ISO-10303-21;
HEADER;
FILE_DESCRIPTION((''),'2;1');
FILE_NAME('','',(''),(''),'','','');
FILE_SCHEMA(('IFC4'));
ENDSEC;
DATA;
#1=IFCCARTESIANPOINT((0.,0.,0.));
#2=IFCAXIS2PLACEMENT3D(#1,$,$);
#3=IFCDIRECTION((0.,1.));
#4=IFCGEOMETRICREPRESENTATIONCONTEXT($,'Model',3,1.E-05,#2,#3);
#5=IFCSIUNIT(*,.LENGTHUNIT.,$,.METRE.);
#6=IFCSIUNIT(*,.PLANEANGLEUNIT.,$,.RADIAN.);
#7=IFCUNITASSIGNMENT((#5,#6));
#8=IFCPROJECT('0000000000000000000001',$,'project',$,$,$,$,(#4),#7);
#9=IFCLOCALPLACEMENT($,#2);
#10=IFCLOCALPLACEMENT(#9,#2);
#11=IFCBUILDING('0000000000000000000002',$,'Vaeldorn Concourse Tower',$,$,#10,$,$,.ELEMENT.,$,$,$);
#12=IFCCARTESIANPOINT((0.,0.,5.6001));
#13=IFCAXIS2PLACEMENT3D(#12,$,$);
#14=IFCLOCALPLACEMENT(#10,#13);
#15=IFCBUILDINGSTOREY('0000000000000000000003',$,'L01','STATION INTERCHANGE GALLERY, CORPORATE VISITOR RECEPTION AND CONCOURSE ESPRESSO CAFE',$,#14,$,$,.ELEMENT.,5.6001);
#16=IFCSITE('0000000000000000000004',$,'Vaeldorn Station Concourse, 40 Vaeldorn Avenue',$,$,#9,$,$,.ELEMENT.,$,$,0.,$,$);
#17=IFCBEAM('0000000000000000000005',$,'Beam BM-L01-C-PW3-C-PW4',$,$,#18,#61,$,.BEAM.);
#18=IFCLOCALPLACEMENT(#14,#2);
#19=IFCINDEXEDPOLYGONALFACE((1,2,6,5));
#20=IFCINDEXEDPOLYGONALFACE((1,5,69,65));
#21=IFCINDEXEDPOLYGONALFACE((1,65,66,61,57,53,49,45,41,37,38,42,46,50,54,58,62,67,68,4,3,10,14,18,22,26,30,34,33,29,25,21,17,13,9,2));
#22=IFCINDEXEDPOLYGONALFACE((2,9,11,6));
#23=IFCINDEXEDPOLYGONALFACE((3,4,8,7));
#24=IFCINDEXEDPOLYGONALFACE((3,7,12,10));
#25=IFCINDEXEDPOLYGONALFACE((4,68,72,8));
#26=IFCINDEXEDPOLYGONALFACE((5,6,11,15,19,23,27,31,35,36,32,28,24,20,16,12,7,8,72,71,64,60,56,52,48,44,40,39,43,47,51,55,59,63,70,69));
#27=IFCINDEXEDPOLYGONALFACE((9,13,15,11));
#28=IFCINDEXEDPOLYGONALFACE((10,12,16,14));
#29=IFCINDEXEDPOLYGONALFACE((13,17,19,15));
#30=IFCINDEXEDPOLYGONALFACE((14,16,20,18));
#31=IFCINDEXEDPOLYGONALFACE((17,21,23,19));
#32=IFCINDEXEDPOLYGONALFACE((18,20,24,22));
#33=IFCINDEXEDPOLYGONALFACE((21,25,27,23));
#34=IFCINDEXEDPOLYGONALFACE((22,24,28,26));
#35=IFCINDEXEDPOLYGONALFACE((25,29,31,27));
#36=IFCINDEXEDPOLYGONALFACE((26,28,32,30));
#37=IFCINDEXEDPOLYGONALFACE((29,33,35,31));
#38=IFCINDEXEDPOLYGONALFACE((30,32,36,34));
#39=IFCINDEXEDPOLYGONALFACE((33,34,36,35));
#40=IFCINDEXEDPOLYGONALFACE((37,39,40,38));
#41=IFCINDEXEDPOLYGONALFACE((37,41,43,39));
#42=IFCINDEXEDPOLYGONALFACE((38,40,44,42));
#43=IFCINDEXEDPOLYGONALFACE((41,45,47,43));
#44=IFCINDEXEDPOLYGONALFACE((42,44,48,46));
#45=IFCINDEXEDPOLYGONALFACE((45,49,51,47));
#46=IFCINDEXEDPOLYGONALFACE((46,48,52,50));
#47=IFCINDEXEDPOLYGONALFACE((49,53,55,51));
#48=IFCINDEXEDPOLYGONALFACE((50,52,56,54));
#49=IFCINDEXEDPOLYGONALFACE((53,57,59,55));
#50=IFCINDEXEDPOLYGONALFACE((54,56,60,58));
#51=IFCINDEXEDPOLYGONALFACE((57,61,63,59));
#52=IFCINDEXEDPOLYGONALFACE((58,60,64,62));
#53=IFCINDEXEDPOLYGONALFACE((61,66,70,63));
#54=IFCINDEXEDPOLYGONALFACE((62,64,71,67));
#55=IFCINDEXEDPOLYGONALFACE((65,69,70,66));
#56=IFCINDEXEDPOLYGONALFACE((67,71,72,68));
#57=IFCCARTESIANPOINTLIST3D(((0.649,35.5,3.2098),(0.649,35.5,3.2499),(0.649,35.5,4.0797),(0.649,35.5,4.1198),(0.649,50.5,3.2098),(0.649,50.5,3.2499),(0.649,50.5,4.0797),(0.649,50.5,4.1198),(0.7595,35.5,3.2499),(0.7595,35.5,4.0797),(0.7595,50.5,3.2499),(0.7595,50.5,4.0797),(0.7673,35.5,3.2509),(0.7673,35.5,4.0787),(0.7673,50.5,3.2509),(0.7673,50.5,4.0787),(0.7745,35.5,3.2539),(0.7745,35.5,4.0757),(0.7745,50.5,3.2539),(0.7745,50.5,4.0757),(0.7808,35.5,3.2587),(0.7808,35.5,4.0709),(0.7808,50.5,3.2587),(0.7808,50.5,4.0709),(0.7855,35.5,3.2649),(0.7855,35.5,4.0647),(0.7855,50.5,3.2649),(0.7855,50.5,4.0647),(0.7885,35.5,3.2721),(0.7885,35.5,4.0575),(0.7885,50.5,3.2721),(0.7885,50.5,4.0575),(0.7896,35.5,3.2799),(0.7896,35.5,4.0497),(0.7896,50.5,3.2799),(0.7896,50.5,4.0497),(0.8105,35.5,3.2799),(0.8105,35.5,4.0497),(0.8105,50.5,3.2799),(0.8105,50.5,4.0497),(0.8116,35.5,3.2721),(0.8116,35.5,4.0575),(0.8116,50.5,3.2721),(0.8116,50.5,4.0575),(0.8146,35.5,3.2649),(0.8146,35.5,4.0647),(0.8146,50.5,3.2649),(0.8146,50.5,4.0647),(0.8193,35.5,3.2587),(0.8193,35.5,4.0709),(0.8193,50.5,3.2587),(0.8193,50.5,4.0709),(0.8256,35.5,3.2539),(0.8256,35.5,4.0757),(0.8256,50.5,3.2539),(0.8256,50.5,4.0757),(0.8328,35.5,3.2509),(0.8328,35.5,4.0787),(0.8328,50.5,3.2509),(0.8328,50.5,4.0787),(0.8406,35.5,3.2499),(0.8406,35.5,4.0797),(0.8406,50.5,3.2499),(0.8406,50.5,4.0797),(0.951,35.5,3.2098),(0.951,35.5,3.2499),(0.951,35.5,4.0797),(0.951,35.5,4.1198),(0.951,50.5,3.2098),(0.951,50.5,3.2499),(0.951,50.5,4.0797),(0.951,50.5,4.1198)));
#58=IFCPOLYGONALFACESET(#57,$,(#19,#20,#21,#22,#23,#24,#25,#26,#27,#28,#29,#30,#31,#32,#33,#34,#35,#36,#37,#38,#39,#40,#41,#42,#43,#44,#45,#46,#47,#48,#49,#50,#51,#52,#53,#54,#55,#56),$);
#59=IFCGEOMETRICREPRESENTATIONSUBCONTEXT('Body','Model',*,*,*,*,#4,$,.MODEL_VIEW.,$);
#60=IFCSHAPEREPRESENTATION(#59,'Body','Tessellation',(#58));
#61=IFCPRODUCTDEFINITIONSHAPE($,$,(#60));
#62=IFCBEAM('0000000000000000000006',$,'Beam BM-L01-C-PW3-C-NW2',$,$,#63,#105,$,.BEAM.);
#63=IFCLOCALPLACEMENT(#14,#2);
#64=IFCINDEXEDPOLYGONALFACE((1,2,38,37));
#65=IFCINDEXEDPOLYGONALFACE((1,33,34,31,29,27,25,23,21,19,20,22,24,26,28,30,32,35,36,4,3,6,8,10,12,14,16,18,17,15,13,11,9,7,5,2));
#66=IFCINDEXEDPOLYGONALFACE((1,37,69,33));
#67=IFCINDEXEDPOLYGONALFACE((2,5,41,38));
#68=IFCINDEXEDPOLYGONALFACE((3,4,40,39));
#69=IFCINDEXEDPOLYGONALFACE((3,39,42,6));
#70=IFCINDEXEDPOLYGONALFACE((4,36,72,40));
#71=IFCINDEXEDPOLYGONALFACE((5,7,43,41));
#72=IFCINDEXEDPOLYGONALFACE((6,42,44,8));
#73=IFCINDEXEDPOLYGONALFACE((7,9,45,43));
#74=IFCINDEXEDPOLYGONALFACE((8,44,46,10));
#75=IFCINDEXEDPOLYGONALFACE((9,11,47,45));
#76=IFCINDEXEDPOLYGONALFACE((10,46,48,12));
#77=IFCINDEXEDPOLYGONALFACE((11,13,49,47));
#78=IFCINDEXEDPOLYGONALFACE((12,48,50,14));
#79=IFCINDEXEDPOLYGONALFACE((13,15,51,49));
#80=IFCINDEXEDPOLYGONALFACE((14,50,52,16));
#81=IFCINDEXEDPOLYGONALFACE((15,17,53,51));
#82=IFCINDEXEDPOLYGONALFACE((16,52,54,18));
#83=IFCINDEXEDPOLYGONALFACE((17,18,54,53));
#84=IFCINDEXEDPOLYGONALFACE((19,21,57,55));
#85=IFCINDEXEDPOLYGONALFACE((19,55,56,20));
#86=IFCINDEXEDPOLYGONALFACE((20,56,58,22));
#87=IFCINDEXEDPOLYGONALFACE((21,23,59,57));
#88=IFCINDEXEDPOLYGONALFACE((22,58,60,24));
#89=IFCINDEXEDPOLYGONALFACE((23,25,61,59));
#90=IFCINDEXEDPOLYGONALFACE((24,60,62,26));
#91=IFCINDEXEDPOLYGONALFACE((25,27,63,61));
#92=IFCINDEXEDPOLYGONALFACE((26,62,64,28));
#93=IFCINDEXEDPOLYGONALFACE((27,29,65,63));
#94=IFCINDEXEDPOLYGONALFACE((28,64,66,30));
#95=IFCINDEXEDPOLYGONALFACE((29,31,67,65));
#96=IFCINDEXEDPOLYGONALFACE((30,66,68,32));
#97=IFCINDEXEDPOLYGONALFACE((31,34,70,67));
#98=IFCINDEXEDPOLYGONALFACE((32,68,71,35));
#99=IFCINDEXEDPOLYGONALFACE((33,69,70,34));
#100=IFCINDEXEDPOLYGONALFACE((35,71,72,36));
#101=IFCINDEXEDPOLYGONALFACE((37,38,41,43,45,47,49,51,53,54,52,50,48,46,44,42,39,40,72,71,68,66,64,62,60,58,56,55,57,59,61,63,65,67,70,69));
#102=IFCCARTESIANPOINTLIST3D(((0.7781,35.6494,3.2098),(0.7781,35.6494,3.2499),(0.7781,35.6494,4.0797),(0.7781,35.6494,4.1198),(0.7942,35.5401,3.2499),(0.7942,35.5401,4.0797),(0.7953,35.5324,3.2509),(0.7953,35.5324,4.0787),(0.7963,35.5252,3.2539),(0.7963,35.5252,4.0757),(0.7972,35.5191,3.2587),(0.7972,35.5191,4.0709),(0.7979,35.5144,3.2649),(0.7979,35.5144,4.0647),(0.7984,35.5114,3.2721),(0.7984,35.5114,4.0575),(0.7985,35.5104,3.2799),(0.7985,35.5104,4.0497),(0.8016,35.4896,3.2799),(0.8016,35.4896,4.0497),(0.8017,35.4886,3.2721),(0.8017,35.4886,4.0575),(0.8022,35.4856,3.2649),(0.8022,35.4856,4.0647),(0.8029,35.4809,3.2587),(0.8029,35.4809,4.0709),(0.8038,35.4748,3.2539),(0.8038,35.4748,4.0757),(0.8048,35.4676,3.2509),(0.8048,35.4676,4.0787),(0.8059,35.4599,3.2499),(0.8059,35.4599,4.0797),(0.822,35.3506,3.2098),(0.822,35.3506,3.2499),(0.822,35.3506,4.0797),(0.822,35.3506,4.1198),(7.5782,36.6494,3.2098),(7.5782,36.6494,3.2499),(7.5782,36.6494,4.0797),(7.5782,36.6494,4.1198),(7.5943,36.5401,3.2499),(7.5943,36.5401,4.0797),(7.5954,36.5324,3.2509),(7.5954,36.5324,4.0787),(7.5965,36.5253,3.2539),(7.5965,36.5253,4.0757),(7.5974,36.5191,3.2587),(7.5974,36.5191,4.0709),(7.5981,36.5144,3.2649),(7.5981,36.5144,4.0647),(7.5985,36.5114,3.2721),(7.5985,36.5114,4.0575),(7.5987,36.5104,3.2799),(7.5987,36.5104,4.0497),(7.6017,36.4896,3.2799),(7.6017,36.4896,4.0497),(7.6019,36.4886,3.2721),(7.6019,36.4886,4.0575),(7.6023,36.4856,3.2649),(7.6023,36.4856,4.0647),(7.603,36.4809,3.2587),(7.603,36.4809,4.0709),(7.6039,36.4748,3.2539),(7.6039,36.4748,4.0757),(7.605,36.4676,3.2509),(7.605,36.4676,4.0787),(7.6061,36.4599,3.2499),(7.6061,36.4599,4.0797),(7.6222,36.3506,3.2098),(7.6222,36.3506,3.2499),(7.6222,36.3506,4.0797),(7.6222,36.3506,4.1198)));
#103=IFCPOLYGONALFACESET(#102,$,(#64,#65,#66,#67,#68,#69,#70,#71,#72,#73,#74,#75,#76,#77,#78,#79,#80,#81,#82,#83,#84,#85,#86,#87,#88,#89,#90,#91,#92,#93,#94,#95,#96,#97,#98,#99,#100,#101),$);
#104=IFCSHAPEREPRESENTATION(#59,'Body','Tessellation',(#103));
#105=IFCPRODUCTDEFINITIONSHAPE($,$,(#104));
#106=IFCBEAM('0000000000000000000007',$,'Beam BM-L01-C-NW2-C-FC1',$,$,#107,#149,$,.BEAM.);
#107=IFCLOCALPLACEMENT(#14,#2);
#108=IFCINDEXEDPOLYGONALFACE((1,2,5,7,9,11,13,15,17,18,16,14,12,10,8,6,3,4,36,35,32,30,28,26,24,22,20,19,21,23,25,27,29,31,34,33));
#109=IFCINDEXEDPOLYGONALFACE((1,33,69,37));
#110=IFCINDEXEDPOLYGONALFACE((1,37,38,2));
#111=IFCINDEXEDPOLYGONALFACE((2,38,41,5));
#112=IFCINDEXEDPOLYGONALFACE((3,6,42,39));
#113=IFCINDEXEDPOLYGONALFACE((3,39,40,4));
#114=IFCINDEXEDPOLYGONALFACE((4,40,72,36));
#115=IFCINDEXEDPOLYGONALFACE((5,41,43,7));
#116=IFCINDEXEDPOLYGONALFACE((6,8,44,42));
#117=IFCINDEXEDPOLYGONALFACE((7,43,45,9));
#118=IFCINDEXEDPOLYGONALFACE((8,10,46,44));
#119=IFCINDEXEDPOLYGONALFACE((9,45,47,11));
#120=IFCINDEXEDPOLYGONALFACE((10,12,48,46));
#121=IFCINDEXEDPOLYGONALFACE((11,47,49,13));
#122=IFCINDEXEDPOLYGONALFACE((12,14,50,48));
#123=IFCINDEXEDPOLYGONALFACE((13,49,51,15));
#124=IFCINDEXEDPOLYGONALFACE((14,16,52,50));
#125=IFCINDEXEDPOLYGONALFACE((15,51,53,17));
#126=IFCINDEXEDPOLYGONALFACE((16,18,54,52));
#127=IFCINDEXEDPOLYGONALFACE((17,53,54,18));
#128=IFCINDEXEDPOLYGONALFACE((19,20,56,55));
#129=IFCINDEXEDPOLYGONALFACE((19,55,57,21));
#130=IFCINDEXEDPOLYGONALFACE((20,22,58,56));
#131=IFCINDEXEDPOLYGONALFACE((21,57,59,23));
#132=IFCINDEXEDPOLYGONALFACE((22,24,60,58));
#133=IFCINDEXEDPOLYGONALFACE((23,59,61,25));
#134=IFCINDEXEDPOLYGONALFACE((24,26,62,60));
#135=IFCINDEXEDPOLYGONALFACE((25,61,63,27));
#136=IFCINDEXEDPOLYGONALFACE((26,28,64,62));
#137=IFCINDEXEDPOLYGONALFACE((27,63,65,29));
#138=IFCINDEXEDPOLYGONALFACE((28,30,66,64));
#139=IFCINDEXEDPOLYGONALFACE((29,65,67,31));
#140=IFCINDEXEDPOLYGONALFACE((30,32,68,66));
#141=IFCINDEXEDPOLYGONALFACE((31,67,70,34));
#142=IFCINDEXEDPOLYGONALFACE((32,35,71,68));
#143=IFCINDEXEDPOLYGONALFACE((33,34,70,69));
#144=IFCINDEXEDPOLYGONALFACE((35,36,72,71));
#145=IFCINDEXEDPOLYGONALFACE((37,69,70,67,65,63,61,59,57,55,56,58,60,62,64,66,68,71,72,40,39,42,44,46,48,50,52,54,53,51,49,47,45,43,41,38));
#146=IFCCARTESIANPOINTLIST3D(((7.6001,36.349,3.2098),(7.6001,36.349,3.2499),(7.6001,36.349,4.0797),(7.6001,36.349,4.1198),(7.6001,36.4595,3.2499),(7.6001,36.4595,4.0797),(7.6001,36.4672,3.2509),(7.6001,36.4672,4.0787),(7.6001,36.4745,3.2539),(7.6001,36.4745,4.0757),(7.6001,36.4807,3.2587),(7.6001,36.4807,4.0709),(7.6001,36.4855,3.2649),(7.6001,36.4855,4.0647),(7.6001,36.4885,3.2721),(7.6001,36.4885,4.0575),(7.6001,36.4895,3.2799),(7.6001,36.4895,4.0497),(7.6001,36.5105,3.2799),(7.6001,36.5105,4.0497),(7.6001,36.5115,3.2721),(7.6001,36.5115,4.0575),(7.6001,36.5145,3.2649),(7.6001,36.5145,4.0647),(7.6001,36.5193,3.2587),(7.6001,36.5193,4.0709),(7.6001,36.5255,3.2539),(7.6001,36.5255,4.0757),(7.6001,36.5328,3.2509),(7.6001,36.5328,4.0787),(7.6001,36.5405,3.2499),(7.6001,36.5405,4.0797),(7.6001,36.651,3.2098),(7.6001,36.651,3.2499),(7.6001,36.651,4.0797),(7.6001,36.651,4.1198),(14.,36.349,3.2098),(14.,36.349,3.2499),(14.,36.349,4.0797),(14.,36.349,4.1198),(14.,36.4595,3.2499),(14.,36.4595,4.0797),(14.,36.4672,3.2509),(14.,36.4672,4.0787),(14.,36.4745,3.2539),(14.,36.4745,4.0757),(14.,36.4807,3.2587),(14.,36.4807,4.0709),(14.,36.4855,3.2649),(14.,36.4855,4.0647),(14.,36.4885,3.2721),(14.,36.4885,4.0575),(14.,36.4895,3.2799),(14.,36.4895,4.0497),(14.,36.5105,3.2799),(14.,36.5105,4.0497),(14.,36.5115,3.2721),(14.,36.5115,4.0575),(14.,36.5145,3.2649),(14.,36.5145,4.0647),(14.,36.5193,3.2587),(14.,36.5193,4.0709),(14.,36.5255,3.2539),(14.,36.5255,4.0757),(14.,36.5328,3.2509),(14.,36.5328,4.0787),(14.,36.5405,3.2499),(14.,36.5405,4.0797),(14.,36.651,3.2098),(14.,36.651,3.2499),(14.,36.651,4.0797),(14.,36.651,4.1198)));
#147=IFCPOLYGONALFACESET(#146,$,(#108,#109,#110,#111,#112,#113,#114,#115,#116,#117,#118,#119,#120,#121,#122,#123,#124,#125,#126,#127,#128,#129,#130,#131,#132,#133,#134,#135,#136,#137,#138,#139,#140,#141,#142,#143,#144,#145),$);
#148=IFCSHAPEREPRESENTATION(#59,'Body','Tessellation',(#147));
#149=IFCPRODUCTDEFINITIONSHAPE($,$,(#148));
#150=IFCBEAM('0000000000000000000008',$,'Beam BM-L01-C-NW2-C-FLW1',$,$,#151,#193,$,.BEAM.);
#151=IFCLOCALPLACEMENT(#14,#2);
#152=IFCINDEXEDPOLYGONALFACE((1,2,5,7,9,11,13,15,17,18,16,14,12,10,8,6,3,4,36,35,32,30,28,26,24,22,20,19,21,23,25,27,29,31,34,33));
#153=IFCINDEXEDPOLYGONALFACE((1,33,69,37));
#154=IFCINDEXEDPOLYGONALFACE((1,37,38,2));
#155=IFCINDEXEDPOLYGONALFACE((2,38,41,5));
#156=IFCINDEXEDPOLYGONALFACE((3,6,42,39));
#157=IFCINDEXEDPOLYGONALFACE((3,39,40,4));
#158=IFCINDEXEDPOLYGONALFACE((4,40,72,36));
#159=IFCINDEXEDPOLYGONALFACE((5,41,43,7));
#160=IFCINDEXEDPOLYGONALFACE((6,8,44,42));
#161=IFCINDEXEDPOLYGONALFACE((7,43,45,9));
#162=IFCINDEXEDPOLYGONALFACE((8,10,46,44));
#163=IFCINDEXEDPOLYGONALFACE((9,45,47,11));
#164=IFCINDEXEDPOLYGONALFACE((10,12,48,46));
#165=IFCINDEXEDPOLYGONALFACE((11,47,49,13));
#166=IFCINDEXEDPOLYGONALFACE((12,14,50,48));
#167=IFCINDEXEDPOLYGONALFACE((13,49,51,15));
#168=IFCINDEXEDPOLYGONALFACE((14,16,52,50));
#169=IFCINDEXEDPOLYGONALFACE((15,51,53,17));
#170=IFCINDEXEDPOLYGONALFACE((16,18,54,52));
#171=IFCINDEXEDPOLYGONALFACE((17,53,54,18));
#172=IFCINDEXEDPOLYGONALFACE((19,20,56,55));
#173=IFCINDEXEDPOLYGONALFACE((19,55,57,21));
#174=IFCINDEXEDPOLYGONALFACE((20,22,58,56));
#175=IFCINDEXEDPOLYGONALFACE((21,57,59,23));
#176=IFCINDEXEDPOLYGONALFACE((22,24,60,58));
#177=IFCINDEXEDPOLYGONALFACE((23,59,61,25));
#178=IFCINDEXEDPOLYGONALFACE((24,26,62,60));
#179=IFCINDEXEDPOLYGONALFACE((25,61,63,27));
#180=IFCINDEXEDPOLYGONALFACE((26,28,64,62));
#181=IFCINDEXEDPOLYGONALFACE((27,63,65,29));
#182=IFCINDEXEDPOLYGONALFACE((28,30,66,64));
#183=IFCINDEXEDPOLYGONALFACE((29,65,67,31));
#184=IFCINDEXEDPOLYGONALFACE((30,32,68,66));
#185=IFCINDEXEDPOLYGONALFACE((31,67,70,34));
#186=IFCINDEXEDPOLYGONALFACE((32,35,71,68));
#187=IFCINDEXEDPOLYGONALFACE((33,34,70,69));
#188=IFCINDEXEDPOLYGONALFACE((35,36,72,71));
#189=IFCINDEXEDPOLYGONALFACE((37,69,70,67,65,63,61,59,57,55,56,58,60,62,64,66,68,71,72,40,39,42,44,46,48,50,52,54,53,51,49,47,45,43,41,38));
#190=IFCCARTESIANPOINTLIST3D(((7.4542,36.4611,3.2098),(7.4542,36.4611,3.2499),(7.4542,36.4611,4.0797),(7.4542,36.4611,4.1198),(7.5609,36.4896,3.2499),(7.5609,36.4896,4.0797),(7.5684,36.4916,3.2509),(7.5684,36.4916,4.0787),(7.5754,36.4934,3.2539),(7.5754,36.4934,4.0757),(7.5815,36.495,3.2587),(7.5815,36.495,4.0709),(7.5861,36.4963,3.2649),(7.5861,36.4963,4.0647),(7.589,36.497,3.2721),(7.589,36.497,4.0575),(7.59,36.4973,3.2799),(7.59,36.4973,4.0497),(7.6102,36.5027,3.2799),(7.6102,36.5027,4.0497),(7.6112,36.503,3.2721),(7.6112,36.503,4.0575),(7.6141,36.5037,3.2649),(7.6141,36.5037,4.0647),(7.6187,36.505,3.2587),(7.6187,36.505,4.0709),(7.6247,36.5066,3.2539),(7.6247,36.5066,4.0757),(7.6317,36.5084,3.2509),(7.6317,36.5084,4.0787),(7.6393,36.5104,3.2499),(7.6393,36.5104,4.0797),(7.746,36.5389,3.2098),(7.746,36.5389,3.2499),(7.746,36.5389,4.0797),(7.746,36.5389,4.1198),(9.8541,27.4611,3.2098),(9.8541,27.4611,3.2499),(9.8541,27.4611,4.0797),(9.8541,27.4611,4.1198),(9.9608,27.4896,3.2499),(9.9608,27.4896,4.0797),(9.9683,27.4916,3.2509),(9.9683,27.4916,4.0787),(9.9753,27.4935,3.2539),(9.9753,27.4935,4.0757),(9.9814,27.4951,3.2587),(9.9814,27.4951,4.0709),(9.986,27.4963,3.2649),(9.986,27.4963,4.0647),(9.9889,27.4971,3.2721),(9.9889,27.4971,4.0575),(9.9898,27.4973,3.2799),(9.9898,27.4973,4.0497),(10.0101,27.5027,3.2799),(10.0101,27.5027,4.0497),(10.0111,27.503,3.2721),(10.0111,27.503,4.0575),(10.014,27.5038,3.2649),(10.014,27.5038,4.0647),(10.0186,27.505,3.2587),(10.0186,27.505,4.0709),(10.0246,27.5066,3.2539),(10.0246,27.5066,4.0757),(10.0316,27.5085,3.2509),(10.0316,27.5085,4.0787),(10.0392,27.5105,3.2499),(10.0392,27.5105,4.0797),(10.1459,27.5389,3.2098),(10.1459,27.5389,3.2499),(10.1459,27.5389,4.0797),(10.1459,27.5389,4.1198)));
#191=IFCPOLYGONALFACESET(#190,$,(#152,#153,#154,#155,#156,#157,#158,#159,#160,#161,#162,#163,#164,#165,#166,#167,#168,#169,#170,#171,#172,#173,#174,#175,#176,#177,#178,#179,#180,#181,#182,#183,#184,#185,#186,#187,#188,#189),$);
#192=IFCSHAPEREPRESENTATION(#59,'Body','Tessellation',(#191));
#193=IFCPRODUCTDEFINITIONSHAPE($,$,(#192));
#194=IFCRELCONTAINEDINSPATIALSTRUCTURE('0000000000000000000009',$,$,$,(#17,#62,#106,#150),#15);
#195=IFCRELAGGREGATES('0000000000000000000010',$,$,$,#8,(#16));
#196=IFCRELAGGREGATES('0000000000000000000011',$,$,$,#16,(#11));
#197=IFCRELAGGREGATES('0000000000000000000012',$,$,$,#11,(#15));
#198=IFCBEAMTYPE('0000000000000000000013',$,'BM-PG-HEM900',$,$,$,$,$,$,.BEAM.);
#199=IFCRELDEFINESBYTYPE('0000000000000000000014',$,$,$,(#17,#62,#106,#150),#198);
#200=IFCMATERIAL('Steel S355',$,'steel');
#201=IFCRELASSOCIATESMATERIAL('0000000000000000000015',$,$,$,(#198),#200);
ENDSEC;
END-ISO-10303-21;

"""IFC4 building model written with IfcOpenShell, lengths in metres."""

from ifc_helpers import new_model, si_unit, direction, frame, origin, origin_2d, place, context, subcontext, project, spatial, i_section, extrude, source, transform, mapped, material, material_profile, profile_set, type_object, element, save


model = new_model("IFC4")

# Units and contexts
model_context = context("Model", 3, precision=1e-05, world=origin(), true_north=direction((0.0, 1.0)))
body_context = subcontext(model_context, "Body", "Model", "MODEL_VIEW")
ifc_project = project(units=[si_unit("LENGTHUNIT", "METRE"), si_unit("PLANEANGLEUNIT", "RADIAN")], contexts=[model_context])

# Site, building, storey
site_placement = place(None, origin())
site = spatial("IfcSite", under=ifc_project, at=site_placement, Name="Vaeldorn Station Concourse, 40 Vaeldorn Avenue", CompositionType="ELEMENT", RefElevation=0.0)
building_placement = place(site_placement, origin())
building = spatial("IfcBuilding", under=site, at=building_placement, Name="Vaeldorn Concourse Tower", CompositionType="ELEMENT")
storey_placement = place(building_placement, frame((0.0, 0.0, 5.6001)))
storey = spatial("IfcBuildingStorey", under=building, at=storey_placement, Name="L01", Description="STATION INTERCHANGE GALLERY, CORPORATE VISITOR RECEPTION AND CONCOURSE ESPRESSO CAFE", CompositionType="ELEMENT", Elevation=5.6001)

# Beams
ifc_material_1 = material(Name="Steel S355", Category="steel")
ifc_material_profile_1 = material_profile(ifc_material_1, i_section(OverallWidth=0.302, OverallDepth=0.9099, WebThickness=0.021, FlangeThickness=0.04, FilletRadius=0.03, at=origin_2d()), Name="HEM 900")
ifc_profile_set_1 = profile_set([ifc_material_profile_1], Name="Steel S355")
beam_type_1 = type_object("IfcBeamType", Name="BM-PG-HEM900", PredefinedType="BEAM", material=ifc_profile_set_1)
shared_shape_1 = source(origin(), body_context, "Body", "SweptSolid", [
    extrude(i_section(OverallWidth=0.302, OverallDepth=0.9099, WebThickness=0.021, FlangeThickness=0.04, FilletRadius=0.03, at=origin_2d()), origin(), (0.0, 0.0, 1.0), 15.0),
])
beam_1_placement = place(storey_placement, frame((0.8, 35.5, 3.6648), z_axis=(0.0, 1.0, 0.0), x_axis=(-1.0, 0.0, 0.0)))
element("IfcBeam", 1, at=beam_1_placement, inside=storey, type_object=beam_type_1, Name="Beam BM-L01-C-PW3-C-PW4", PredefinedType="BEAM", context=body_context, shape_type="MappedRepresentation", body=[
    mapped(shared_shape_1, transform((0.0, 0.0, 0.0), scale=1.0)),
])
shared_shape_2 = source(origin(), body_context, "Body", "SweptSolid", [
    extrude(i_section(OverallWidth=0.302, OverallDepth=0.9099, WebThickness=0.021, FlangeThickness=0.04, FilletRadius=0.03, at=origin_2d()), origin(), (0.0, 0.0, 1.0), 6.8733),
])
beam_2_placement = place(storey_placement, frame((0.8, 35.5, 3.6648), z_axis=(0.989359, 0.145493, 0.0), x_axis=(-0.145493, 0.989359, 0.0)))
element("IfcBeam", 2, at=beam_2_placement, inside=storey, type_object=beam_type_1, Name="Beam BM-L01-C-PW3-C-NW2", PredefinedType="BEAM", context=body_context, shape_type="MappedRepresentation", body=[
    mapped(shared_shape_2, transform((0.0, 0.0, 0.0), scale=1.0)),
])
shared_shape_3 = source(origin(), body_context, "Body", "SweptSolid", [
    extrude(i_section(OverallWidth=0.302, OverallDepth=0.9099, WebThickness=0.021, FlangeThickness=0.04, FilletRadius=0.03, at=origin_2d()), origin(), (0.0, 0.0, 1.0), 6.3999),
])
beam_3_placement = place(storey_placement, frame((7.6001, 36.5, 3.6648), z_axis=(1.0, 0.0, 0.0), x_axis=(0.0, 1.0, 0.0)))
element("IfcBeam", 3, at=beam_3_placement, inside=storey, type_object=beam_type_1, Name="Beam BM-L01-C-NW2-C-FC1", PredefinedType="BEAM", context=body_context, shape_type="MappedRepresentation", body=[
    mapped(shared_shape_3, transform((0.0, 0.0, 0.0), scale=1.0)),
])
shared_shape_4 = source(origin(), body_context, "Body", "SweptSolid", [
    extrude(i_section(OverallWidth=0.302, OverallDepth=0.9099, WebThickness=0.021, FlangeThickness=0.04, FilletRadius=0.03, at=origin_2d()), origin(), (0.0, 0.0, 1.0), 9.3145),
])
beam_4_placement = place(storey_placement, frame((7.6001, 36.5, 3.6648), z_axis=(0.257653, -0.966238, 0.0), x_axis=(0.966238, 0.257653, 0.0)))
element("IfcBeam", 4, at=beam_4_placement, inside=storey, type_object=beam_type_1, Name="Beam BM-L01-C-NW2-C-FLW1", PredefinedType="BEAM", context=body_context, shape_type="MappedRepresentation", body=[
    mapped(shared_shape_4, transform((0.0, 0.0, 0.0), scale=1.0)),
])

save(model, "model.ifc")
